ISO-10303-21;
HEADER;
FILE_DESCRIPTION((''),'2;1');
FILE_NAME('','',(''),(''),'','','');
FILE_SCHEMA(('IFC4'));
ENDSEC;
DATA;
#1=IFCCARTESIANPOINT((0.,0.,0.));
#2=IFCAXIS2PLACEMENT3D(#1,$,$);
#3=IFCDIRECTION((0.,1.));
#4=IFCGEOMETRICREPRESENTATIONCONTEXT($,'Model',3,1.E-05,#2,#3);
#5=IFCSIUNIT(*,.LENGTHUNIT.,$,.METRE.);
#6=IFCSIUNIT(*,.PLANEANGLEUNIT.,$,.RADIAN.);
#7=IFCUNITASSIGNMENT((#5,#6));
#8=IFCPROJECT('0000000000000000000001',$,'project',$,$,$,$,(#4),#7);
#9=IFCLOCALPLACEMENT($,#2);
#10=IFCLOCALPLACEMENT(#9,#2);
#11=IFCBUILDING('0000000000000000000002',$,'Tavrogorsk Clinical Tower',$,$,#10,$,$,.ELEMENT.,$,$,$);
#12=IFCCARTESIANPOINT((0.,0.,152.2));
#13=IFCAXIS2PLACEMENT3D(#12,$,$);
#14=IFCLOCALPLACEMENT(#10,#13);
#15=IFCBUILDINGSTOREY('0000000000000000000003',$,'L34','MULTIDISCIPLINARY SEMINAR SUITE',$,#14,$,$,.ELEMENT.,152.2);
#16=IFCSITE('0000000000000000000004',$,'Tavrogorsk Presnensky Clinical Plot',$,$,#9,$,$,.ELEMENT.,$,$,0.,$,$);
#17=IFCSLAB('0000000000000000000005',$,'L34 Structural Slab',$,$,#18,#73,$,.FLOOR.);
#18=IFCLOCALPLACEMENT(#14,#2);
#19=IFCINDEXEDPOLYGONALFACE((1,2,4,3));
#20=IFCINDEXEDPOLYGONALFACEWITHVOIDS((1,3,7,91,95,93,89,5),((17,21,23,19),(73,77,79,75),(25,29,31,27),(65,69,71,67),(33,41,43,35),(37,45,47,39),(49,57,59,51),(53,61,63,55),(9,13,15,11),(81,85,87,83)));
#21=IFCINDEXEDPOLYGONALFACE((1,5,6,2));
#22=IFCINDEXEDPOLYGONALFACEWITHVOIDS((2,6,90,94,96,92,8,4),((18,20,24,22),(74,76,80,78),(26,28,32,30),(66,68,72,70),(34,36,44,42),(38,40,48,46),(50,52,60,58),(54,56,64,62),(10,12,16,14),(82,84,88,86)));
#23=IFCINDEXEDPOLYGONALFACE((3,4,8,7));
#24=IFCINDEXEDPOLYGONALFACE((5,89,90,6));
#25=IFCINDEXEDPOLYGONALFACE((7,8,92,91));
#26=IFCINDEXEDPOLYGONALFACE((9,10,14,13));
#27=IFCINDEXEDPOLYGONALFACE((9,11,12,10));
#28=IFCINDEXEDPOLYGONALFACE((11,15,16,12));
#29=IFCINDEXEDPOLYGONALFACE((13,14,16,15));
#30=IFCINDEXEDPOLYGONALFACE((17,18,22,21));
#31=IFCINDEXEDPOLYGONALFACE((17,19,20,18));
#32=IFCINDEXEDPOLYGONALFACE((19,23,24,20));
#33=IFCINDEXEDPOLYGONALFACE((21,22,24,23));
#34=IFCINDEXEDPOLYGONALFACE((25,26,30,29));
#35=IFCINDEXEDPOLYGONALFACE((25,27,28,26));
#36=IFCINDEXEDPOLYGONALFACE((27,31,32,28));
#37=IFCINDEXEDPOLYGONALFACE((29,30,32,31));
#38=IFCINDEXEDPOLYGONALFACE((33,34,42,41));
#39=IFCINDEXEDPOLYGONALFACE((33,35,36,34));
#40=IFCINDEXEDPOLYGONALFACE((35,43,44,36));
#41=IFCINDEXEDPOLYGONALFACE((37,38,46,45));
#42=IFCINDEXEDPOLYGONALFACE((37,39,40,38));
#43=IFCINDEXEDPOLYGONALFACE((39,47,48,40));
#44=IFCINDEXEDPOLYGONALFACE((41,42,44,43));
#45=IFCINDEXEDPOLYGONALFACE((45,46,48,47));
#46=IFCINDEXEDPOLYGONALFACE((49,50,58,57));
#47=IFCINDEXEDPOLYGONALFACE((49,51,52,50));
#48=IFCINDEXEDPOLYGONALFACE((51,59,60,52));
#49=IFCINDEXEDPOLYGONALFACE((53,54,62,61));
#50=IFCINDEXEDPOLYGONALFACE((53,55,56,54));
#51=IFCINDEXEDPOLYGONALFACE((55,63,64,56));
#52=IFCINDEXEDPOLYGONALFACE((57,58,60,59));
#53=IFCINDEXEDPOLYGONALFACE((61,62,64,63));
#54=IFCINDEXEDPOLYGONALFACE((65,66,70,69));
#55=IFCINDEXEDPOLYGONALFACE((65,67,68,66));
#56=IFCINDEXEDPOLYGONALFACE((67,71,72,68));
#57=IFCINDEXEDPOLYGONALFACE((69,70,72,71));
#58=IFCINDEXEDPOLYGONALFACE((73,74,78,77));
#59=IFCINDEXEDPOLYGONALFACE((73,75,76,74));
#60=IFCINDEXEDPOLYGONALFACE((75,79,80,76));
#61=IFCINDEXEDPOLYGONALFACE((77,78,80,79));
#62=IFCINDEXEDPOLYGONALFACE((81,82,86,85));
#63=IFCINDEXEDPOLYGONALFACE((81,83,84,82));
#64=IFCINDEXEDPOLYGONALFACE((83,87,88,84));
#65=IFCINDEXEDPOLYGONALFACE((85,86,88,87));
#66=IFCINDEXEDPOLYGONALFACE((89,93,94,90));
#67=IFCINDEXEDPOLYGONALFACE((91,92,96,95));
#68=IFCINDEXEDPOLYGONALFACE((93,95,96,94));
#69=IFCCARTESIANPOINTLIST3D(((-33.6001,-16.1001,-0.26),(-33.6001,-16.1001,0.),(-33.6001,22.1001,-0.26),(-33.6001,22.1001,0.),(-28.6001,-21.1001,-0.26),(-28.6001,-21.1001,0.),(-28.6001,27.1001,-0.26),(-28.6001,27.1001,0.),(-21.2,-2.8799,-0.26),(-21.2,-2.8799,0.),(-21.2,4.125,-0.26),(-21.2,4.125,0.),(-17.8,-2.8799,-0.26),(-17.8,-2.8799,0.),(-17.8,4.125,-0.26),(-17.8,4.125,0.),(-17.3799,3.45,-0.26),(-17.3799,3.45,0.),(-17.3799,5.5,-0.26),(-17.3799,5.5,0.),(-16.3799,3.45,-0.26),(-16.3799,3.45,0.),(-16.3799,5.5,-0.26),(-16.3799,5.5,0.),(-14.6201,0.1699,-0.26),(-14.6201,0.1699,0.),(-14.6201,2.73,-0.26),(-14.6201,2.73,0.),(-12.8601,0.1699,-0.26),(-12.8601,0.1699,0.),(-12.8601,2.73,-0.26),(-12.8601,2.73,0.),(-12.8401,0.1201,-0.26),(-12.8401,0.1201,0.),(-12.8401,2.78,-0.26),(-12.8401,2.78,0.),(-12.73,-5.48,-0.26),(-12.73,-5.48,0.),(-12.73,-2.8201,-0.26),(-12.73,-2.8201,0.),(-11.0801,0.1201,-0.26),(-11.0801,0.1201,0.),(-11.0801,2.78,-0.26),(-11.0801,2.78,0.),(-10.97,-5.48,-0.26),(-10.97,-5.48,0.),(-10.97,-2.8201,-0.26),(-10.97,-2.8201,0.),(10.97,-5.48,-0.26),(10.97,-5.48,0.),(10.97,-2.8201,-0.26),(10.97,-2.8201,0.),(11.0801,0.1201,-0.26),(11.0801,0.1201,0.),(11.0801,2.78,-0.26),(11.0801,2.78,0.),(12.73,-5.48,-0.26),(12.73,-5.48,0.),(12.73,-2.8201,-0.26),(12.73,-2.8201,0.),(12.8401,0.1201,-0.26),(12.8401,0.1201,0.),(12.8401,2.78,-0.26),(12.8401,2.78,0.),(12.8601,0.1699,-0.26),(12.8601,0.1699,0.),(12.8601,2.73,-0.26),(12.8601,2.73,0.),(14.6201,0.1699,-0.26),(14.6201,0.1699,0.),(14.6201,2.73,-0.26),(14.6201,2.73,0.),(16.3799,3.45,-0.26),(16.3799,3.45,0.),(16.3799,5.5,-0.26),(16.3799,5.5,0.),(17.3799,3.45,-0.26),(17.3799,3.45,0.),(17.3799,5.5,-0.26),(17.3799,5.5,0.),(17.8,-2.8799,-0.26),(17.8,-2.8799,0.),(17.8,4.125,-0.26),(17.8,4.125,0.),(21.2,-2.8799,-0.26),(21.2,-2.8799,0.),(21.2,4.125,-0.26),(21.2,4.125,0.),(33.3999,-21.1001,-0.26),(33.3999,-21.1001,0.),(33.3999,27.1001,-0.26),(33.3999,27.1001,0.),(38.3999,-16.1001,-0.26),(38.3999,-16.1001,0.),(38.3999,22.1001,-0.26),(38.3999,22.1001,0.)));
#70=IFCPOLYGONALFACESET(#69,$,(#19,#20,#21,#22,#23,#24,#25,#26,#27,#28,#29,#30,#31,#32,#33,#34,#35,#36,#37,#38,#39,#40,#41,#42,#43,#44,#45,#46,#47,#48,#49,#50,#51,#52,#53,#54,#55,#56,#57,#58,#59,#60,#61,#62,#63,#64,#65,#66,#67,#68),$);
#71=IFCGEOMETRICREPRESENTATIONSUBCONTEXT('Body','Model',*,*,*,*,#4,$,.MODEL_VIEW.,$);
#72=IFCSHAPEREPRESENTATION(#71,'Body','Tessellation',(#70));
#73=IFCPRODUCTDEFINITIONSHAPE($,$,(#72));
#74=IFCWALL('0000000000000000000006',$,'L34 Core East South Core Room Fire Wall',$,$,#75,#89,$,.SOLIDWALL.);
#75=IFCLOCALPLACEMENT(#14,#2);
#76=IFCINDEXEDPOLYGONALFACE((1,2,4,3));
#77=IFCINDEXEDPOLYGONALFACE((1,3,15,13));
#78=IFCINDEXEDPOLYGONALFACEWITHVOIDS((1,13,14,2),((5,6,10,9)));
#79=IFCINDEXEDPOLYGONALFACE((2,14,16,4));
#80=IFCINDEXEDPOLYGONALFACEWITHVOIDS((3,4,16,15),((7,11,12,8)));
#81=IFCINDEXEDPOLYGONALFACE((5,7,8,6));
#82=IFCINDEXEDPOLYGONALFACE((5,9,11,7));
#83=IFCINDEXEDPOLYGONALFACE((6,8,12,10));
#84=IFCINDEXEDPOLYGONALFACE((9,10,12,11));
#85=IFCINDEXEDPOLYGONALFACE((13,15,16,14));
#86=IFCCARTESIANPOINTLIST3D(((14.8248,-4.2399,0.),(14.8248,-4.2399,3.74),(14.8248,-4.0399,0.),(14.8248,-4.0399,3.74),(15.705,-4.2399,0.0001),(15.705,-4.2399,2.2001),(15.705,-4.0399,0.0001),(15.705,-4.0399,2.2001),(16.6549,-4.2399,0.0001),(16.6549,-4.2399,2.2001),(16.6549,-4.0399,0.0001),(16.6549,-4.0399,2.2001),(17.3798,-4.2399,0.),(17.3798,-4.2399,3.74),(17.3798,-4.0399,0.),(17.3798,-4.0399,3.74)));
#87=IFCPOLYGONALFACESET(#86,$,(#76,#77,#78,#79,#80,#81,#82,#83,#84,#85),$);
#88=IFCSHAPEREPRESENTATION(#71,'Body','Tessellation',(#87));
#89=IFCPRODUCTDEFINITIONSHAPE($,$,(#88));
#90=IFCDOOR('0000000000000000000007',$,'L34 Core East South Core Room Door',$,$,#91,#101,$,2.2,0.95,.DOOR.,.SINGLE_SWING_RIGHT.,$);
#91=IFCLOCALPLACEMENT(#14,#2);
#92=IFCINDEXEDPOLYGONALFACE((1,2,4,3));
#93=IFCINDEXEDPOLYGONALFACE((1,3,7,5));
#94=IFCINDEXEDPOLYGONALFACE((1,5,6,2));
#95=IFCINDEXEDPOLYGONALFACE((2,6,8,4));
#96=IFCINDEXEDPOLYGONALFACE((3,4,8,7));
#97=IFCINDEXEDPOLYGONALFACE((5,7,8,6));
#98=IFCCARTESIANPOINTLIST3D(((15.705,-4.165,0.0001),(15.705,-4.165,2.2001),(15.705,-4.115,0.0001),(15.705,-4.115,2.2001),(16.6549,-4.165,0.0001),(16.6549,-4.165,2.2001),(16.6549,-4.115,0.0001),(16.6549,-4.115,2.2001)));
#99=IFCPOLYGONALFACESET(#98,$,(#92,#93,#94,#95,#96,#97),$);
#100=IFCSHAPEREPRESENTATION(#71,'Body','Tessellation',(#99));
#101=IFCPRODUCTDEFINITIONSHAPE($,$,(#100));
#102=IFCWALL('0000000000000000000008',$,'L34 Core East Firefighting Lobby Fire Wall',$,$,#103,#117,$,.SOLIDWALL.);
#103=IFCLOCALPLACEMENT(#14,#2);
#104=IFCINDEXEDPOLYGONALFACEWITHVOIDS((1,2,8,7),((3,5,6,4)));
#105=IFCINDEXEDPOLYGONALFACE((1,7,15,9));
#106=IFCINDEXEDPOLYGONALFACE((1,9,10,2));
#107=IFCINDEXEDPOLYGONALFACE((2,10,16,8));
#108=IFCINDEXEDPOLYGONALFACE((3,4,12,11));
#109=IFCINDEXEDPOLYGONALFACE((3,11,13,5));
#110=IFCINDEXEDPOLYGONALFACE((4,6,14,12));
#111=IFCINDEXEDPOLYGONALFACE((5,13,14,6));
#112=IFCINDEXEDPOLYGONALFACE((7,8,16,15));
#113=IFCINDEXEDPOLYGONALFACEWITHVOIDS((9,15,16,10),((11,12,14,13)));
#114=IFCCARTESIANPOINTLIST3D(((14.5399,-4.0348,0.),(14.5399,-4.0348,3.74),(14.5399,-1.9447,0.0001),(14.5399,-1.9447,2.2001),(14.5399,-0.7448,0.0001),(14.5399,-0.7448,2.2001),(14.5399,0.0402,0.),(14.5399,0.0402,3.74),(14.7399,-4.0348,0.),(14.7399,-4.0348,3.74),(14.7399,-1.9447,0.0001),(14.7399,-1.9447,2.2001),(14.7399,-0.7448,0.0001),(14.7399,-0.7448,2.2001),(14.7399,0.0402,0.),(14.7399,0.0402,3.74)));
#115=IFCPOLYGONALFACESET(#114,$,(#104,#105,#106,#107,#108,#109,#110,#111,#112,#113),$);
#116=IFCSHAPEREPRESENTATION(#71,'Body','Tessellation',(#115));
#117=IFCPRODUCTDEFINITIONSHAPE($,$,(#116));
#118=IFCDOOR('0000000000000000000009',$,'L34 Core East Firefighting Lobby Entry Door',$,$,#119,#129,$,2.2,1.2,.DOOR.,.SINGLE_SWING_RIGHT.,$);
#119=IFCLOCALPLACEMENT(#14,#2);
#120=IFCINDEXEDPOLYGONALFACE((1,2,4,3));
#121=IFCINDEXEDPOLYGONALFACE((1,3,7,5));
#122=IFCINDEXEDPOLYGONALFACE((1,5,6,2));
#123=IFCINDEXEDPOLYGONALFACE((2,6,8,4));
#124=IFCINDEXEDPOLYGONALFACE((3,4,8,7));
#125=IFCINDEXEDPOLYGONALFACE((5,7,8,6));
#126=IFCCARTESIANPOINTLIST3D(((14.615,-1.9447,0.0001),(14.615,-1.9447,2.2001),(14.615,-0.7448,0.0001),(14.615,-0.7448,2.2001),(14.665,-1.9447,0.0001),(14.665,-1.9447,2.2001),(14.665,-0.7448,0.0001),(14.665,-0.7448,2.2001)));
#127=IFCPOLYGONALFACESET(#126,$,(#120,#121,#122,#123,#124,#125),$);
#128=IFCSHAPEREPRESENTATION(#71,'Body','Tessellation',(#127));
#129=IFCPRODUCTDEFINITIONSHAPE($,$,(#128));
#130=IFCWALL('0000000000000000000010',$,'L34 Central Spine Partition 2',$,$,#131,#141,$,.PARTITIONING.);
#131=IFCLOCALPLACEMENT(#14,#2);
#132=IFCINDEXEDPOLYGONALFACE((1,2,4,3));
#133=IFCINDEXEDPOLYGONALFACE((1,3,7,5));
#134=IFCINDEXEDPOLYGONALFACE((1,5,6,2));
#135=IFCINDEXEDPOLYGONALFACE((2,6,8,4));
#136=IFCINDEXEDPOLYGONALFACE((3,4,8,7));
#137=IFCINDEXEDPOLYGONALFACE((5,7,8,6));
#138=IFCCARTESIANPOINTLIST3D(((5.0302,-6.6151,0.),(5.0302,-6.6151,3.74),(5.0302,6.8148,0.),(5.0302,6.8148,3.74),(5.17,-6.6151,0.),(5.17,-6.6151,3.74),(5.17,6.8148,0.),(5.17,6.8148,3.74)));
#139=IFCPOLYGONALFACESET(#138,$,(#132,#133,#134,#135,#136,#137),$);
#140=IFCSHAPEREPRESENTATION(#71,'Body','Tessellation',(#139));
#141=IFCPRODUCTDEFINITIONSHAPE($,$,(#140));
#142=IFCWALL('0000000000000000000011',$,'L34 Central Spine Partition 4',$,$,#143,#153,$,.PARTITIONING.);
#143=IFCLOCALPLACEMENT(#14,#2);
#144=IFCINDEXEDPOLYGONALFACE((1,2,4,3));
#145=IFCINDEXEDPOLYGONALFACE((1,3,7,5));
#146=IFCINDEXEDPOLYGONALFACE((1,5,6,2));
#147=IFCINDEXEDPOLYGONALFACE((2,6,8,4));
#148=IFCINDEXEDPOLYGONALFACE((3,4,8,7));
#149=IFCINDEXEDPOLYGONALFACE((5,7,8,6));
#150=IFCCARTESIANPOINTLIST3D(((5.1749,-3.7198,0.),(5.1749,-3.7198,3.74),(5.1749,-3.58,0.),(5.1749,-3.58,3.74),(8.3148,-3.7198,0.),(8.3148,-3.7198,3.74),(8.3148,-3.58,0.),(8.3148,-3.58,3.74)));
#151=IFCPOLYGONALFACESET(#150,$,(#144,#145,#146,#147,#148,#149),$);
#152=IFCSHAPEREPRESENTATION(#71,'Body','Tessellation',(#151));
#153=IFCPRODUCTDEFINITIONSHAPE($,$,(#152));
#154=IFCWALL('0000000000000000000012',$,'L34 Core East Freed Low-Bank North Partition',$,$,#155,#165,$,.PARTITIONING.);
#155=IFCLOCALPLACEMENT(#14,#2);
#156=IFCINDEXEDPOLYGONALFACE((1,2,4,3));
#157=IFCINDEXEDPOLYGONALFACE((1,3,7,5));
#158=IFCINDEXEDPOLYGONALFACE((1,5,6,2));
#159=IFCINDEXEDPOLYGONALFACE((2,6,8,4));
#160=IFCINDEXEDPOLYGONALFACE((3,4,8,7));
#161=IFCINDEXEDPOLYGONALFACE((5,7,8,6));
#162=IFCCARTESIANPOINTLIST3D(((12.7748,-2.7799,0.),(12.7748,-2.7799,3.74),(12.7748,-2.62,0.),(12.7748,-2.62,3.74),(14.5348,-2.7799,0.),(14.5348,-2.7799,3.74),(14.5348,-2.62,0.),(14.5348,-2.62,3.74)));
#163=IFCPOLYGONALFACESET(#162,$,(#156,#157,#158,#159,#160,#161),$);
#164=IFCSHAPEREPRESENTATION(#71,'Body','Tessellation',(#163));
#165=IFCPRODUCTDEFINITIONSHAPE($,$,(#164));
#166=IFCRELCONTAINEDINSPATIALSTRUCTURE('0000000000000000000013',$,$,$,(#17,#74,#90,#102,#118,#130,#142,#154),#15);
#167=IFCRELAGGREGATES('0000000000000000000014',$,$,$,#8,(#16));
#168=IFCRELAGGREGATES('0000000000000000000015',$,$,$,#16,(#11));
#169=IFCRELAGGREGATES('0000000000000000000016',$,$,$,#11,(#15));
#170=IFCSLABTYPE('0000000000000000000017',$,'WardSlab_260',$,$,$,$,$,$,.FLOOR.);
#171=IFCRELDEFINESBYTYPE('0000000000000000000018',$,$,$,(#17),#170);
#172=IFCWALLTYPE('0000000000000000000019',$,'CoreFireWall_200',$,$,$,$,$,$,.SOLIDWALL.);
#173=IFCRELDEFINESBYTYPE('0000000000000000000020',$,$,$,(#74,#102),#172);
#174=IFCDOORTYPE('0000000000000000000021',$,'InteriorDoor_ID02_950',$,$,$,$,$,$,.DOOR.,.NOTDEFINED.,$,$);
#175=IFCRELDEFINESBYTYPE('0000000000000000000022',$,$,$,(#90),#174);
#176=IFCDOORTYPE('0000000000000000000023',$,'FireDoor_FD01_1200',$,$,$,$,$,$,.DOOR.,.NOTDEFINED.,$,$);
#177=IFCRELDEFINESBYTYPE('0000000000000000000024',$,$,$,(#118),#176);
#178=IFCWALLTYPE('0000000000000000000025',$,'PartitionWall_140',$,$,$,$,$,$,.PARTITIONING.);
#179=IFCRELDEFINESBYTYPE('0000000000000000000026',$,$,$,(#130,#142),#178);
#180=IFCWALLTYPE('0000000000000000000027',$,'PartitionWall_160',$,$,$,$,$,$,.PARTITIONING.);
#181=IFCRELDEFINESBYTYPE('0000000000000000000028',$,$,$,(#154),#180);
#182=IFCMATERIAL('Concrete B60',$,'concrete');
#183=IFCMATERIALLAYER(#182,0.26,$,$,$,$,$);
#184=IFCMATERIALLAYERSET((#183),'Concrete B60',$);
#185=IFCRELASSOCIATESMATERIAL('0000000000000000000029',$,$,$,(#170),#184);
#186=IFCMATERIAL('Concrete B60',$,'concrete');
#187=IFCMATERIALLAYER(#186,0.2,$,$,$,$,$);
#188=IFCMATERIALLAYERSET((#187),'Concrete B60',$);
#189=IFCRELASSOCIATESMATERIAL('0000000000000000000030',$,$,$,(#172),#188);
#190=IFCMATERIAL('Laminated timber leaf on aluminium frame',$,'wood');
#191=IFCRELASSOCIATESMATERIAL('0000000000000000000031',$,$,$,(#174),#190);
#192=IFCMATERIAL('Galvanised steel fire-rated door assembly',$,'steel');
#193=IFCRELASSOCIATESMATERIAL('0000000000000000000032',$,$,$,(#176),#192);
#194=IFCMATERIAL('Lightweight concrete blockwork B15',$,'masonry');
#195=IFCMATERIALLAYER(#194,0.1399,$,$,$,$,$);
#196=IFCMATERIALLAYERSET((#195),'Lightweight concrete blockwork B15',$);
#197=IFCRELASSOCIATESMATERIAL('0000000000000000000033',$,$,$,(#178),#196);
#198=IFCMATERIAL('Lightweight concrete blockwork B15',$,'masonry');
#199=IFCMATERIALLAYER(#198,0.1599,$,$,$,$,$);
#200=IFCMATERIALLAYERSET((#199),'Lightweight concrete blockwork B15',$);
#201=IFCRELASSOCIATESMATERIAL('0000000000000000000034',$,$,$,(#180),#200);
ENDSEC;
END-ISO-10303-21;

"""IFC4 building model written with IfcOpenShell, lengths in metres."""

from ifc_helpers import new_model, si_unit, direction, frame, frame_2d, origin, place, context, subcontext, project, spatial, polyline, rectangle, outline, extrude, material, layer, layer_set, type_object, element, fill, save


model = new_model("IFC4")

# Units and contexts
model_context = context("Model", 3, precision=1e-05, world=origin(), true_north=direction((0.0, 1.0)))
body_context = subcontext(model_context, "Body", "Model", "MODEL_VIEW")
ifc_project = project(units=[si_unit("LENGTHUNIT", "METRE"), si_unit("PLANEANGLEUNIT", "RADIAN")], contexts=[model_context])

# Site, building, storey
site_placement = place(None, origin())
site = spatial("IfcSite", under=ifc_project, at=site_placement, Name="Tavrogorsk Presnensky Clinical Plot", CompositionType="ELEMENT", RefElevation=0.0)
building_placement = place(site_placement, origin())
building = spatial("IfcBuilding", under=site, at=building_placement, Name="Tavrogorsk Clinical Tower", CompositionType="ELEMENT")
storey_placement = place(building_placement, frame((0.0, 0.0, 152.2)))
storey = spatial("IfcBuildingStorey", under=building, at=storey_placement, Name="L34", Description="MULTIDISCIPLINARY SEMINAR SUITE", CompositionType="ELEMENT", Elevation=152.2)

# Slab
ifc_material_1 = material(Name="Concrete B60", Category="concrete")
ifc_layer_1 = layer(ifc_material_1, 0.26)
ifc_layer_set_1 = layer_set([ifc_layer_1], Name="Concrete B60")
slab_type_1 = type_object("IfcSlabType", Name="WardSlab_260", PredefinedType="FLOOR", material=ifc_layer_set_1)
slab_1_placement = place(storey_placement, frame((0.0, 0.0, -0.26)))
element("IfcSlab", 1, at=slab_1_placement, inside=storey, type_object=slab_type_1, Name="L34 Structural Slab", PredefinedType="FLOOR", context=body_context, shape_type="SweptSolid", body=[
    extrude(outline(polyline([(-28.6001, -21.1001), (33.3999, -21.1001), (38.3999, -16.1001), (38.3999, 22.1001), (33.3999, 27.1001), (-28.6001, 27.1001), (-33.6001, 22.1001), (-33.6001, -16.1001), (-28.6001, -21.1001)]), holes=[polyline([(-17.8, -2.8799), (-17.8, 4.125), (-21.2, 4.125), (-21.2, -2.8799), (-17.8, -2.8799)]), polyline([(21.2, -2.8799), (21.2, 4.125), (17.8, 4.125), (17.8, -2.8799), (21.2, -2.8799)]), polyline([(-14.6201, 0.1699), (-12.8601, 0.1699), (-12.8601, 2.73), (-14.6201, 2.73), (-14.6201, 0.1699)]), polyline([(-12.73, -5.48), (-10.97, -5.48), (-10.97, -2.8201), (-12.73, -2.8201), (-12.73, -5.48)]), polyline([(-12.8401, 0.1201), (-11.0801, 0.1201), (-11.0801, 2.78), (-12.8401, 2.78), (-12.8401, 0.1201)]), polyline([(12.8601, 0.1699), (14.6201, 0.1699), (14.6201, 2.73), (12.8601, 2.73), (12.8601, 0.1699)]), polyline([(10.97, -5.48), (12.73, -5.48), (12.73, -2.8201), (10.97, -2.8201), (10.97, -5.48)]), polyline([(11.0801, 0.1201), (12.8401, 0.1201), (12.8401, 2.78), (11.0801, 2.78), (11.0801, 0.1201)]), polyline([(-17.3799, 3.45), (-16.3799, 3.45), (-16.3799, 5.5), (-17.3799, 5.5), (-17.3799, 3.45)]), polyline([(16.3799, 3.45), (17.3799, 3.45), (17.3799, 5.5), (16.3799, 5.5), (16.3799, 3.45)])]), origin(), (0.0, 0.0, 1.0), 0.26),
])

# Walls, openings, doors
ifc_material_2 = material(Name="Concrete B60", Category="concrete")
ifc_layer_2 = layer(ifc_material_2, 0.2)
ifc_layer_set_2 = layer_set([ifc_layer_2], Name="Concrete B60")
wall_type_1 = type_object("IfcWallType", Name="CoreFireWall_200", PredefinedType="SOLIDWALL", material=ifc_layer_set_2)
wall_1_placement = place(storey_placement, frame((14.825, -4.1399, 0.0), z_axis=(0.0, 0.0, 1.0), x_axis=(1.0, 0.0, 0.0)))
wall_1 = element("IfcWall", 2, at=wall_1_placement, inside=storey, type_object=wall_type_1, Name="L34 Core East South Core Room Fire Wall", PredefinedType="SOLIDWALL", context=body_context, shape_type="SweptSolid", body=[
    extrude(rectangle(XDim=2.5549, YDim=0.2, at=frame_2d((1.2773, 0.0))), origin(), (0.0, 0.0, 1.0), 3.74),
])
opening_1_placement = place(wall_1_placement, frame((0.8799, 0.0, 0.0)))
opening_1 = element("IfcOpeningElement", 3, at=opening_1_placement, cuts=wall_1, PredefinedType="OPENING", context=body_context, shape_type="SweptSolid", body=[
    extrude(rectangle(XDim=0.95, YDim=2.2, at=frame_2d((0.4751, 1.1001))), frame((0.0, 0.1099, 0.0), z_axis=(0.0, -1.0, 0.0), x_axis=(1.0, 0.0, 0.0)), (0.0, 0.0, 1.0), 0.22),
])
ifc_material_3 = material(Name="Laminated timber leaf on aluminium frame", Category="wood")
door_type_1 = type_object("IfcDoorType", Name="InteriorDoor_ID02_950", OperationType="NOTDEFINED", PredefinedType="DOOR", material=ifc_material_3)
door_1_placement = place(opening_1_placement, origin())
door_1 = element("IfcDoor", 4, at=door_1_placement, inside=storey, type_object=door_type_1, Name="L34 Core East South Core Room Door", OperationType="SINGLE_SWING_RIGHT", OverallHeight=2.2, OverallWidth=0.95, PredefinedType="DOOR", context=body_context, shape_type="SweptSolid", body=[
    extrude(rectangle(XDim=0.95, YDim=2.2, at=frame_2d((0.4751, 1.1001))), frame((0.0, 0.0249, 0.0), z_axis=(0.0, -1.0, 0.0), x_axis=(1.0, 0.0, 0.0)), (0.0, 0.0, 1.0), 0.05),
])
fill(opening_1, door_1)
wall_2_placement = place(storey_placement, frame((14.6399, -4.0349, 0.0), z_axis=(0.0, 0.0, 1.0), x_axis=(0.0, 1.0, 0.0)))
wall_2 = element("IfcWall", 5, at=wall_2_placement, inside=storey, type_object=wall_type_1, Name="L34 Core East Firefighting Lobby Fire Wall", PredefinedType="SOLIDWALL", context=body_context, shape_type="SweptSolid", body=[
    extrude(rectangle(XDim=4.075, YDim=0.2, at=frame_2d((2.0376, 0.0))), origin(), (0.0, 0.0, 1.0), 3.74),
])
opening_2_placement = place(wall_2_placement, frame((2.0901, 0.0, 0.0)))
opening_2 = element("IfcOpeningElement", 6, at=opening_2_placement, cuts=wall_2, PredefinedType="OPENING", context=body_context, shape_type="SweptSolid", body=[
    extrude(rectangle(XDim=1.2, YDim=2.2, at=frame_2d((0.6001, 1.1001))), frame((0.0, 0.1099, 0.0), z_axis=(0.0, -1.0, 0.0), x_axis=(1.0, 0.0, 0.0)), (0.0, 0.0, 1.0), 0.22),
])
ifc_material_4 = material(Name="Galvanised steel fire-rated door assembly", Category="steel")
door_type_2 = type_object("IfcDoorType", Name="FireDoor_FD01_1200", OperationType="NOTDEFINED", PredefinedType="DOOR", material=ifc_material_4)
door_2_placement = place(opening_2_placement, origin())
door_2 = element("IfcDoor", 7, at=door_2_placement, inside=storey, type_object=door_type_2, Name="L34 Core East Firefighting Lobby Entry Door", OperationType="SINGLE_SWING_RIGHT", OverallHeight=2.2, OverallWidth=1.2, PredefinedType="DOOR", context=body_context, shape_type="SweptSolid", body=[
    extrude(rectangle(XDim=1.2, YDim=2.2, at=frame_2d((0.6001, 1.1001))), frame((0.0, 0.0249, 0.0), z_axis=(0.0, -1.0, 0.0), x_axis=(1.0, 0.0, 0.0)), (0.0, 0.0, 1.0), 0.05),
])
fill(opening_2, door_2)

# Walls
ifc_material_5 = material(Name="Lightweight concrete blockwork B15", Category="masonry")
ifc_layer_3 = layer(ifc_material_5, 0.1399)
ifc_layer_set_3 = layer_set([ifc_layer_3], Name="Lightweight concrete blockwork B15")
wall_type_2 = type_object("IfcWallType", Name="PartitionWall_140", PredefinedType="PARTITIONING", material=ifc_layer_set_3)
wall_3_placement = place(storey_placement, frame((5.1001, -6.615, 0.0), z_axis=(0.0, 0.0, 1.0), x_axis=(0.0, 1.0, 0.0)))
element("IfcWall", 8, at=wall_3_placement, inside=storey, type_object=wall_type_2, Name="L34 Central Spine Partition 2", PredefinedType="PARTITIONING", context=body_context, shape_type="SweptSolid", body=[
    extrude(rectangle(XDim=13.4299, YDim=0.1399, at=frame_2d((6.7148, 0.0))), origin(), (0.0, 0.0, 1.0), 3.74),
])
wall_4_placement = place(storey_placement, frame((5.175, -3.6499, 0.0), z_axis=(0.0, 0.0, 1.0), x_axis=(1.0, 0.0, 0.0)))
element("IfcWall", 9, at=wall_4_placement, inside=storey, type_object=wall_type_2, Name="L34 Central Spine Partition 4", PredefinedType="PARTITIONING", context=body_context, shape_type="SweptSolid", body=[
    extrude(rectangle(XDim=3.1399, YDim=0.1399, at=frame_2d((1.5698, 0.0))), origin(), (0.0, 0.0, 1.0), 3.74),
])
ifc_material_6 = material(Name="Lightweight concrete blockwork B15", Category="masonry")
ifc_layer_4 = layer(ifc_material_6, 0.1599)
ifc_layer_set_4 = layer_set([ifc_layer_4], Name="Lightweight concrete blockwork B15")
wall_type_3 = type_object("IfcWallType", Name="PartitionWall_160", PredefinedType="PARTITIONING", material=ifc_layer_set_4)
wall_5_placement = place(storey_placement, frame((12.7749, -2.7, 0.0), z_axis=(0.0, 0.0, 1.0), x_axis=(1.0, 0.0, 0.0)))
element("IfcWall", 10, at=wall_5_placement, inside=storey, type_object=wall_type_3, Name="L34 Core East Freed Low-Bank North Partition", PredefinedType="PARTITIONING", context=body_context, shape_type="SweptSolid", body=[
    extrude(rectangle(XDim=1.76, YDim=0.1599, at=frame_2d((0.8799, 0.0))), origin(), (0.0, 0.0, 1.0), 3.74),
])

save(model, "model.ifc")
